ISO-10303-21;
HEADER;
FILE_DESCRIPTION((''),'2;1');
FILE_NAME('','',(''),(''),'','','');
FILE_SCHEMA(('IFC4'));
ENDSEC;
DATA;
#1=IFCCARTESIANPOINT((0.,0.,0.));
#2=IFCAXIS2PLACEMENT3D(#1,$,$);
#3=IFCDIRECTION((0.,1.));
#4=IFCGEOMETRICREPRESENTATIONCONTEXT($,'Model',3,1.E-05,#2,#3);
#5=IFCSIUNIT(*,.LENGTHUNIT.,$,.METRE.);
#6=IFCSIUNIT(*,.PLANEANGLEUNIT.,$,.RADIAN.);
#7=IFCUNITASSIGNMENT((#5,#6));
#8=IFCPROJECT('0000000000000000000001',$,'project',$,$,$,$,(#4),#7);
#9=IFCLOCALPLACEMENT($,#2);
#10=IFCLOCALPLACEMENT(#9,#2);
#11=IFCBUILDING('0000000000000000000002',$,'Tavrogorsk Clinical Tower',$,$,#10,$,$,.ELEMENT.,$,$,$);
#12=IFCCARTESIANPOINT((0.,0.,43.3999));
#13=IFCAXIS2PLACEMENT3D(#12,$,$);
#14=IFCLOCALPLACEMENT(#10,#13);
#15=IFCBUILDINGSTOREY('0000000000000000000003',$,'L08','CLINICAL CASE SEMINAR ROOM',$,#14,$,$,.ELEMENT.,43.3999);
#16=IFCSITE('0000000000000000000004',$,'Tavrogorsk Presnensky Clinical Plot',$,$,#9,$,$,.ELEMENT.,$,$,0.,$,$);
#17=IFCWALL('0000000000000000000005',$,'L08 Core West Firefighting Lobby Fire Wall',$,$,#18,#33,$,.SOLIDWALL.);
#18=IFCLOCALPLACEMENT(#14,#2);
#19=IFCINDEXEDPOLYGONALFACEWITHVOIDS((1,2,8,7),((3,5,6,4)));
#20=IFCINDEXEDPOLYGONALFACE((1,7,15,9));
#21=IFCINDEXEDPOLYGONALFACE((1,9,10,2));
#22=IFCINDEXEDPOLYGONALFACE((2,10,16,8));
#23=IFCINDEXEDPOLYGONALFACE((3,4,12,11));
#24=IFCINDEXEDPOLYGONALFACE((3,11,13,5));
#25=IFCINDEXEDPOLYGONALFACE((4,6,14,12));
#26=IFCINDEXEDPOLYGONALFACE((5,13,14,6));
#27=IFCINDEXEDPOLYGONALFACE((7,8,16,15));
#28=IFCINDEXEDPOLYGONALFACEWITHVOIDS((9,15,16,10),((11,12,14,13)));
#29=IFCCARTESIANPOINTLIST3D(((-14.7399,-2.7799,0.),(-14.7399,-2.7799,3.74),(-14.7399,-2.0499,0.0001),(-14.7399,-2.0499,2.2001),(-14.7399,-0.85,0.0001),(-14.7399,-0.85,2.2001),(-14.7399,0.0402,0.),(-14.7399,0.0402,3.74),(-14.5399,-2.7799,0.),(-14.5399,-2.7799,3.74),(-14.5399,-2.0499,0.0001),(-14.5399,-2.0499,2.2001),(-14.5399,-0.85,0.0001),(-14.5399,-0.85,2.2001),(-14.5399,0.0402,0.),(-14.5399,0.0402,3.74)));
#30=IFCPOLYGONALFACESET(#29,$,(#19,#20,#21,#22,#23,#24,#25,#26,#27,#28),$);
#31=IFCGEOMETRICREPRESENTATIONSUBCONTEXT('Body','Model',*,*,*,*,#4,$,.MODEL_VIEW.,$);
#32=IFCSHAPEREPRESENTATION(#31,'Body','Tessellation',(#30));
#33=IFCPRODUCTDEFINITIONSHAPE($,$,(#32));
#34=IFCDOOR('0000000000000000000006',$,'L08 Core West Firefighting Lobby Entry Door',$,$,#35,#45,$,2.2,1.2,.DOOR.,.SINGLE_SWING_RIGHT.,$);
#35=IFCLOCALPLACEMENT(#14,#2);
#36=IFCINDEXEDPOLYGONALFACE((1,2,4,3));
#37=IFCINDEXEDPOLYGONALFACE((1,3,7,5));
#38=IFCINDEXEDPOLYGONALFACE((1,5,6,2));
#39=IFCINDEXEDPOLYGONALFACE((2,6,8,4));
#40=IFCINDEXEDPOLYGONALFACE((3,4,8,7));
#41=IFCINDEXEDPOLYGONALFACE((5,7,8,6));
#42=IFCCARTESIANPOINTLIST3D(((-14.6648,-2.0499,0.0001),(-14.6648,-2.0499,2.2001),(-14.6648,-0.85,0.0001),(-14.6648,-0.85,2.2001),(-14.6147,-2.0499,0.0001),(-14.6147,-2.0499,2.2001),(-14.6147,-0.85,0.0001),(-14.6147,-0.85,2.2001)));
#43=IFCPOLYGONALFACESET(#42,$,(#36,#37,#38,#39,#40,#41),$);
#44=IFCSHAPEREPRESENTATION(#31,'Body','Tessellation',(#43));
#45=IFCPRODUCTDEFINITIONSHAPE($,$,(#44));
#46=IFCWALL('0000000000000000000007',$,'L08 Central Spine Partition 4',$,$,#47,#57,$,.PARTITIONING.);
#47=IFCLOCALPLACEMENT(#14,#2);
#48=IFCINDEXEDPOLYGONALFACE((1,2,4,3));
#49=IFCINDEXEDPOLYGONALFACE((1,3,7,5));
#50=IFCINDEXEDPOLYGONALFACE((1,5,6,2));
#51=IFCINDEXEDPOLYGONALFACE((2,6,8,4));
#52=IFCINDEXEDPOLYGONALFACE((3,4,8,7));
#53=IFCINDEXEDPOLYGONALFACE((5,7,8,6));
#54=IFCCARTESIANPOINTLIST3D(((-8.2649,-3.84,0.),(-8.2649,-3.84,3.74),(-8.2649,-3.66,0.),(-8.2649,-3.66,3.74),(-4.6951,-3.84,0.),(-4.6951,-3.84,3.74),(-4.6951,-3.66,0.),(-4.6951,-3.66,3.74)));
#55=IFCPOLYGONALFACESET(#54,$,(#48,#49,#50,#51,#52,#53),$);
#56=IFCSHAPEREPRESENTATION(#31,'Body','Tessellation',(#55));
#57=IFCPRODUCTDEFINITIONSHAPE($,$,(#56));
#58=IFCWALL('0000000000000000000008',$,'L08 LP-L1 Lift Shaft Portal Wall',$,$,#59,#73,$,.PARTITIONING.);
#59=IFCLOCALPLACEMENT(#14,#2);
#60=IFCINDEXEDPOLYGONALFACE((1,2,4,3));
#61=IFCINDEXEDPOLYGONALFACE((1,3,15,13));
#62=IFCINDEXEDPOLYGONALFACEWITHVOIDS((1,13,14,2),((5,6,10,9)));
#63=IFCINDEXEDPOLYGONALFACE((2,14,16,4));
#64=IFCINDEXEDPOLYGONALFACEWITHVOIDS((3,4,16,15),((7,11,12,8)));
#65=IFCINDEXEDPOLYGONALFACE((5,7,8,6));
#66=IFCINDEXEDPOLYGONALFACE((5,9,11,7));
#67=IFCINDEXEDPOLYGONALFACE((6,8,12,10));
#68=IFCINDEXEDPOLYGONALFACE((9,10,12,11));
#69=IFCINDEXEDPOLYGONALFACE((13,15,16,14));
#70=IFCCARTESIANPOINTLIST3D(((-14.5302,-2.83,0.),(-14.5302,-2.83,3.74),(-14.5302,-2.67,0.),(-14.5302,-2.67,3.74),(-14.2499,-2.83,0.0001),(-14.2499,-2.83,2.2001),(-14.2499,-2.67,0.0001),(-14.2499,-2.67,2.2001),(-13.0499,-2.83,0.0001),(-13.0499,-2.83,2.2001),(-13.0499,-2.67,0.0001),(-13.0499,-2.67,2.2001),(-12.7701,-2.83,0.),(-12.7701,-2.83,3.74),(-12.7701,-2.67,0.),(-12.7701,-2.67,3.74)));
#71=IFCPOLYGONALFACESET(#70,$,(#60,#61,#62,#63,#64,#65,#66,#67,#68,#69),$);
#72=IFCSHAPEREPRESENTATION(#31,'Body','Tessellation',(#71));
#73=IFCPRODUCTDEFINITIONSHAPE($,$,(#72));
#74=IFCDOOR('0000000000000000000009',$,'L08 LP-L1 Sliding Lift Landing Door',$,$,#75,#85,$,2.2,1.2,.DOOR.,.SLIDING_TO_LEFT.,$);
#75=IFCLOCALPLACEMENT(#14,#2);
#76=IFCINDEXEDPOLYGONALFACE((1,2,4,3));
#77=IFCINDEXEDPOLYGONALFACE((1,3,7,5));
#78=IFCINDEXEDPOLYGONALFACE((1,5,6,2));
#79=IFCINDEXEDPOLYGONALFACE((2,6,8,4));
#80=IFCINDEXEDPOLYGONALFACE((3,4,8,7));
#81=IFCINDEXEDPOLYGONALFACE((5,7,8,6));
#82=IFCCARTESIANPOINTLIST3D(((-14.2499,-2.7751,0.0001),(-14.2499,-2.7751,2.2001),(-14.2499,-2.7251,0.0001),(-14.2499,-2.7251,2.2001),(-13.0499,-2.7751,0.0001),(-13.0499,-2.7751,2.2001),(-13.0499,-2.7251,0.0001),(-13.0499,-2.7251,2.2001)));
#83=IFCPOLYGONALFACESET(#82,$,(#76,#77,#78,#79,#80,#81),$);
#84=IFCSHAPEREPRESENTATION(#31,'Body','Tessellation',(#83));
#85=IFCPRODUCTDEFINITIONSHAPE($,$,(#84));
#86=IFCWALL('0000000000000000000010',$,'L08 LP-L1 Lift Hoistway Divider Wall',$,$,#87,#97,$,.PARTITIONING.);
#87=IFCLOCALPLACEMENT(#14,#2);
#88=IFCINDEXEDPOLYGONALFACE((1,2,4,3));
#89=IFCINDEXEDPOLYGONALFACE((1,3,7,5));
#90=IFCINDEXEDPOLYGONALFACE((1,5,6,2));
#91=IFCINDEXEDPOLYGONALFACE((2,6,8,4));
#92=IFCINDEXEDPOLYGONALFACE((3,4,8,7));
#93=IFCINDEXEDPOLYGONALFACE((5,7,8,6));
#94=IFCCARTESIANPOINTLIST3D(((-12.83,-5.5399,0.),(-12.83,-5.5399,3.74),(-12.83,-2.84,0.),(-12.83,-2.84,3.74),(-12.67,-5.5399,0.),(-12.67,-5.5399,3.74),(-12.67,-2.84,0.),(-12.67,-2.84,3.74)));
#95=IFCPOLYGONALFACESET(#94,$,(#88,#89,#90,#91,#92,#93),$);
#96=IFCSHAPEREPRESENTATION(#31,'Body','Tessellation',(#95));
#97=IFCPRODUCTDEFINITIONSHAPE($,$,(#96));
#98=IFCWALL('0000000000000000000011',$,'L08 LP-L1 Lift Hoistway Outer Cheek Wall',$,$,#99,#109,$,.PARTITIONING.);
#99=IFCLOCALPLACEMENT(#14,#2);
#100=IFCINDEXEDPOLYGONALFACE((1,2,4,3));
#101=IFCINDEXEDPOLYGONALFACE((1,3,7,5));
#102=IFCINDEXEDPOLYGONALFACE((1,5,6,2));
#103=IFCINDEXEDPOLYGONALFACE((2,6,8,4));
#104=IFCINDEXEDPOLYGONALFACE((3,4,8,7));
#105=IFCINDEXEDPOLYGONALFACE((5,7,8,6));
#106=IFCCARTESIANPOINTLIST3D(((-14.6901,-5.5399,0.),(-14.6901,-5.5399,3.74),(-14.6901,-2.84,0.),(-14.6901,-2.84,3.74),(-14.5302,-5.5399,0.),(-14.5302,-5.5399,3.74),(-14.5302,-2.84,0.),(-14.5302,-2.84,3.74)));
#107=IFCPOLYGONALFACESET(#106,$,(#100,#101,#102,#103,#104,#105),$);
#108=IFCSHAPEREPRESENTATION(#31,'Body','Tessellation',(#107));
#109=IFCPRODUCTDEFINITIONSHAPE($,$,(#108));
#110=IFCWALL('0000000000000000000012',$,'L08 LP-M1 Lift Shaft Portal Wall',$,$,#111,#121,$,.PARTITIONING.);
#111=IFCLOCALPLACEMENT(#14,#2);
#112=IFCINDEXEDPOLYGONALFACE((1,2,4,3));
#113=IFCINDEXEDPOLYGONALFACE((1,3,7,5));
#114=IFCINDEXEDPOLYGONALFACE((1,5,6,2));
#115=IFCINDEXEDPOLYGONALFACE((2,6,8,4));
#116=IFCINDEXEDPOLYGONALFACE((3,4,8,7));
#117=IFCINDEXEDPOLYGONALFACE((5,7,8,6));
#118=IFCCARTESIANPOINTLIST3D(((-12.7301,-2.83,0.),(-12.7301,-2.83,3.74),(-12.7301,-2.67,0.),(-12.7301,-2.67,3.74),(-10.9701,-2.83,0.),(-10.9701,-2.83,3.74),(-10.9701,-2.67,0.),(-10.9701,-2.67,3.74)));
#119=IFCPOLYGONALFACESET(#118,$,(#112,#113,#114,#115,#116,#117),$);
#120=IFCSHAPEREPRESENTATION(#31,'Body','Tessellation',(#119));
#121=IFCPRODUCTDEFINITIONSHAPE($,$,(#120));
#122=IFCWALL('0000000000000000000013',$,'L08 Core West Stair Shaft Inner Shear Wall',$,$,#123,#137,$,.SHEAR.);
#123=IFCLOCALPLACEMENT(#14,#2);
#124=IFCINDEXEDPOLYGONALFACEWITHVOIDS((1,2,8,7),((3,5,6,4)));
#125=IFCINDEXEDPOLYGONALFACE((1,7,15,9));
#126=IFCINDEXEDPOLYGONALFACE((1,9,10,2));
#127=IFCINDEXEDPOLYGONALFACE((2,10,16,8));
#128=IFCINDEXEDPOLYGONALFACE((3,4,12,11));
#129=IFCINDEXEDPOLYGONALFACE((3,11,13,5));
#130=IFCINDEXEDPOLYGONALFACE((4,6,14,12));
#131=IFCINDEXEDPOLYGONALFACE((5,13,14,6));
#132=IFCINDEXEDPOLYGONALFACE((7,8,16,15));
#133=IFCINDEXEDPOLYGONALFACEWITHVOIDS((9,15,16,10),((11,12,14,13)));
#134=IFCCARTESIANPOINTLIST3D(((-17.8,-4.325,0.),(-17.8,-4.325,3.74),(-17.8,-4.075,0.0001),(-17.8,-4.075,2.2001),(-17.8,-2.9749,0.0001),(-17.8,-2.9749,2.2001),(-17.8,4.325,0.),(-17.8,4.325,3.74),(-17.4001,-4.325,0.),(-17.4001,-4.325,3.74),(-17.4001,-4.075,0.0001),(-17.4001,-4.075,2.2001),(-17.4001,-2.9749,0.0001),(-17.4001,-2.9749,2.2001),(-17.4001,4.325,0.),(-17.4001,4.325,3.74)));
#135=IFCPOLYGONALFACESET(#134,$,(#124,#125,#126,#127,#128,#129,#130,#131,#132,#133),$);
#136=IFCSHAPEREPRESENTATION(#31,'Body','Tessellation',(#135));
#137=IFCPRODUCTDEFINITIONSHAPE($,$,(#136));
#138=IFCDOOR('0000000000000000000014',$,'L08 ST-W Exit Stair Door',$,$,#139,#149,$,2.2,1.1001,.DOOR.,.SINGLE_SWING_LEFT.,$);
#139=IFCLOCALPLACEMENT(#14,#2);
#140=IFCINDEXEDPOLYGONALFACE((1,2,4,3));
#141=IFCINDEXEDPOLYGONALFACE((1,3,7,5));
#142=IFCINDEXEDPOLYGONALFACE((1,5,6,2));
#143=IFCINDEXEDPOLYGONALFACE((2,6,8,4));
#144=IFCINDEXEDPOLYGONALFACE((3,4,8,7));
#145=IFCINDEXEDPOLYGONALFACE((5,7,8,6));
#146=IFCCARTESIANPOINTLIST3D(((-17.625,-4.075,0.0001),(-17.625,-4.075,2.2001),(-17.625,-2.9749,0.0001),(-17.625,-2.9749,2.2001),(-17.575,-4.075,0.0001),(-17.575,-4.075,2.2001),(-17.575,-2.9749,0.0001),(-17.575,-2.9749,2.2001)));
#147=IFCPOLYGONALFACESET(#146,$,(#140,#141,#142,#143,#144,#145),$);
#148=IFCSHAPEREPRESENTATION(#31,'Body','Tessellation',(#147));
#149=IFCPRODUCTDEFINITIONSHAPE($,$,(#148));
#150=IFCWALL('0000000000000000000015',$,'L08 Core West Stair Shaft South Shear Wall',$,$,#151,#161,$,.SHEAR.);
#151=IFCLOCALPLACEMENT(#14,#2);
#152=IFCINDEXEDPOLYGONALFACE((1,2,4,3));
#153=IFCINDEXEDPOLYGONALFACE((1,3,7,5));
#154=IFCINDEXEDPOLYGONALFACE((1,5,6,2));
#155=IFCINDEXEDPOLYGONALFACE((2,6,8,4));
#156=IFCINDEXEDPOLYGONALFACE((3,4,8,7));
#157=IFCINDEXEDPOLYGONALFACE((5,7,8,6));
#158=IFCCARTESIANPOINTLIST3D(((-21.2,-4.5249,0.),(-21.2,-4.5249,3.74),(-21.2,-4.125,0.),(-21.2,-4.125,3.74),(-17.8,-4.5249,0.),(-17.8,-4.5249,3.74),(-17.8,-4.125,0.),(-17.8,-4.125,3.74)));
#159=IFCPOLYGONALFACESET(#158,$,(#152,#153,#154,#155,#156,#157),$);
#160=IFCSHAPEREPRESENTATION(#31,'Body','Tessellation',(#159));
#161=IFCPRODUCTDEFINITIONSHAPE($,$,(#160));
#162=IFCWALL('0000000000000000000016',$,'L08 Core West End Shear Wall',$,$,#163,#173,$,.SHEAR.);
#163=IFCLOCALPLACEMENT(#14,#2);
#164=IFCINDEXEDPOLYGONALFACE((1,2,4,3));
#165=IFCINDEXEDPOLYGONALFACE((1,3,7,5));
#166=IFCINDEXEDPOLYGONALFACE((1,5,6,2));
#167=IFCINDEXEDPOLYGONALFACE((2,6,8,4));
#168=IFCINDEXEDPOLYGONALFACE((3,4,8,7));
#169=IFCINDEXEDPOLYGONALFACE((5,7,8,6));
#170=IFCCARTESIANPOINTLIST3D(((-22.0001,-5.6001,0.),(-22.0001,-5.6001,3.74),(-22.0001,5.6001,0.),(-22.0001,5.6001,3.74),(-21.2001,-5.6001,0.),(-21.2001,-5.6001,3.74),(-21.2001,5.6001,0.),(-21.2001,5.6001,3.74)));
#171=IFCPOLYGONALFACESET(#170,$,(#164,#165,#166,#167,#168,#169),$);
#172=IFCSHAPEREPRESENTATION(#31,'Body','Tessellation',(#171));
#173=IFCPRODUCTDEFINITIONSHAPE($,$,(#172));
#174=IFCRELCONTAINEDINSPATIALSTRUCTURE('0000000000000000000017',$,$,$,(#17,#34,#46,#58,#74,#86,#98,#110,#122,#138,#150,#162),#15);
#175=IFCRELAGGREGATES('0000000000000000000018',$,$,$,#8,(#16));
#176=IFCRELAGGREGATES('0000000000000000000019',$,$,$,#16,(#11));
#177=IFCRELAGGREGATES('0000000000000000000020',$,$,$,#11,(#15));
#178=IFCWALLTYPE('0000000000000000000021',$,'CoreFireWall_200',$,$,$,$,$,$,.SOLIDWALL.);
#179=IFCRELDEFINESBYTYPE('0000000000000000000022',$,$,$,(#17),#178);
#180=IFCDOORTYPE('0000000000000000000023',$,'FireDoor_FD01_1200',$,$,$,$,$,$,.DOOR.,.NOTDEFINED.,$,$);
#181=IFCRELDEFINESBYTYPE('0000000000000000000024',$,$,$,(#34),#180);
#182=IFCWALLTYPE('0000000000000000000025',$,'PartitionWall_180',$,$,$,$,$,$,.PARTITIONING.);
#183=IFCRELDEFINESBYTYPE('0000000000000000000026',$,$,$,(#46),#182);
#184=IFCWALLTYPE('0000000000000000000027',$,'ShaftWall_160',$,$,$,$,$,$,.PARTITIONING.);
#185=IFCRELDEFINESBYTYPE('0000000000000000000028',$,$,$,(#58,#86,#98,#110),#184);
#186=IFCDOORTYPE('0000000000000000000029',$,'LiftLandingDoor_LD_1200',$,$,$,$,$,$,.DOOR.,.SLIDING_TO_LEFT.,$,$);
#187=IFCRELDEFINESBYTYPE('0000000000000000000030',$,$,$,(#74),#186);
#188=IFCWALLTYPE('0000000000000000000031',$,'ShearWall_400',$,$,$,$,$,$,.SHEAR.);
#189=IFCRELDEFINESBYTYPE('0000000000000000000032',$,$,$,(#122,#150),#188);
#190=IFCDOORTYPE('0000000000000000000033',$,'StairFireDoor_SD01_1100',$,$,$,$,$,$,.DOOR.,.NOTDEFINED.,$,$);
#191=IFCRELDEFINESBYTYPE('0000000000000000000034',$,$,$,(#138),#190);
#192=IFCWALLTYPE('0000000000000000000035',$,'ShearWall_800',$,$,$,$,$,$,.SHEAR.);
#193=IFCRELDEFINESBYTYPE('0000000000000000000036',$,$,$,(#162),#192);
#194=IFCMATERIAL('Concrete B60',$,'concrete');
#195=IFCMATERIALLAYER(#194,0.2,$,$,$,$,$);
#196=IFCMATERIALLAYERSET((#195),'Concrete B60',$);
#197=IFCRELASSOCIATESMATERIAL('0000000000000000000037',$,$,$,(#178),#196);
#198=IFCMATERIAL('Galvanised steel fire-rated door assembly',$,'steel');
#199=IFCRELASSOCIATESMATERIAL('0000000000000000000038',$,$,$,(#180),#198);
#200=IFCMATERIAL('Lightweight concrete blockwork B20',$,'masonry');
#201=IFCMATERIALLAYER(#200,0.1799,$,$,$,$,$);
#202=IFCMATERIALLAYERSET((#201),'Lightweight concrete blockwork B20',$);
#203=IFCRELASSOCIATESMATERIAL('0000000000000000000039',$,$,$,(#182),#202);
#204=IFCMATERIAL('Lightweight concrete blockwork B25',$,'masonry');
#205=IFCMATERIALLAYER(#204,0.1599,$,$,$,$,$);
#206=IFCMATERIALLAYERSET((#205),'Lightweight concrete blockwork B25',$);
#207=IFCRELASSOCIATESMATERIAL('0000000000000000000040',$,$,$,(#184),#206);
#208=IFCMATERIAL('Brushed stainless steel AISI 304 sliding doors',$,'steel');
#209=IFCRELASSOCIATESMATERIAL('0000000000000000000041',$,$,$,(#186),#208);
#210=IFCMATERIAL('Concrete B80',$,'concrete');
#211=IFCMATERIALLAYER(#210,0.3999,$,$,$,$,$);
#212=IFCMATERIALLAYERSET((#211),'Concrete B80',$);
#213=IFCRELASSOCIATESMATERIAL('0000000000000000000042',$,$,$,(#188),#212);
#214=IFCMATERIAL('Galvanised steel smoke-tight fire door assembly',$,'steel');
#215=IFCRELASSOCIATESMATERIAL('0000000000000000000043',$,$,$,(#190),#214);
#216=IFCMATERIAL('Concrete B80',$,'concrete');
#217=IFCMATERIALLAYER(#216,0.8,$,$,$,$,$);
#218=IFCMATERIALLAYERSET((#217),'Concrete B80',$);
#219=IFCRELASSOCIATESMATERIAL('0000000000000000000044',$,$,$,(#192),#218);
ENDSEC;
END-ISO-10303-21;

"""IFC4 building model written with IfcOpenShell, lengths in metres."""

from ifc_helpers import new_model, si_unit, direction, frame, frame_2d, origin, place, context, subcontext, project, spatial, rectangle, extrude, material, layer, layer_set, type_object, element, fill, save


model = new_model("IFC4")

# Units and contexts
model_context = context("Model", 3, precision=1e-05, world=origin(), true_north=direction((0.0, 1.0)))
body_context = subcontext(model_context, "Body", "Model", "MODEL_VIEW")
ifc_project = project(units=[si_unit("LENGTHUNIT", "METRE"), si_unit("PLANEANGLEUNIT", "RADIAN")], contexts=[model_context])

# Site, building, storey
site_placement = place(None, origin())
site = spatial("IfcSite", under=ifc_project, at=site_placement, Name="Tavrogorsk Presnensky Clinical Plot", CompositionType="ELEMENT", RefElevation=0.0)
building_placement = place(site_placement, origin())
building = spatial("IfcBuilding", under=site, at=building_placement, Name="Tavrogorsk Clinical Tower", CompositionType="ELEMENT")
storey_placement = place(building_placement, frame((0.0, 0.0, 43.3999)))
storey = spatial("IfcBuildingStorey", under=building, at=storey_placement, Name="L08", Description="CLINICAL CASE SEMINAR ROOM", CompositionType="ELEMENT", Elevation=43.3999)

# Wall, opening, door
ifc_material_1 = material(Name="Concrete B60", Category="concrete")
ifc_layer_1 = layer(ifc_material_1, 0.2)
ifc_layer_set_1 = layer_set([ifc_layer_1], Name="Concrete B60")
wall_type_1 = type_object("IfcWallType", Name="CoreFireWall_200", PredefinedType="SOLIDWALL", material=ifc_layer_set_1)
wall_1_placement = place(storey_placement, frame((-14.6399, -2.78, 0.0), z_axis=(0.0, 0.0, 1.0), x_axis=(0.0, 1.0, 0.0)))
wall_1 = element("IfcWall", 1, at=wall_1_placement, inside=storey, type_object=wall_type_1, Name="L08 Core West Firefighting Lobby Fire Wall", PredefinedType="SOLIDWALL", context=body_context, shape_type="SweptSolid", body=[
    extrude(rectangle(XDim=2.8201, YDim=0.2, at=frame_2d((1.4102, 0.0))), origin(), (0.0, 0.0, 1.0), 3.74),
])
opening_1_placement = place(wall_1_placement, frame((0.73, 0.0, 0.0)))
opening_1 = element("IfcOpeningElement", 2, at=opening_1_placement, cuts=wall_1, PredefinedType="OPENING", context=body_context, shape_type="SweptSolid", body=[
    extrude(rectangle(XDim=1.2, YDim=2.2, at=frame_2d((0.6001, 1.1001))), frame((0.0, 0.1099, 0.0), z_axis=(0.0, -1.0, 0.0), x_axis=(1.0, 0.0, 0.0)), (0.0, 0.0, 1.0), 0.22),
])
ifc_material_2 = material(Name="Galvanised steel fire-rated door assembly", Category="steel")
door_type_1 = type_object("IfcDoorType", Name="FireDoor_FD01_1200", OperationType="NOTDEFINED", PredefinedType="DOOR", material=ifc_material_2)
door_1_placement = place(opening_1_placement, origin())
door_1 = element("IfcDoor", 3, at=door_1_placement, inside=storey, type_object=door_type_1, Name="L08 Core West Firefighting Lobby Entry Door", OperationType="SINGLE_SWING_RIGHT", OverallHeight=2.2, OverallWidth=1.2, PredefinedType="DOOR", context=body_context, shape_type="SweptSolid", body=[
    extrude(rectangle(XDim=1.2, YDim=2.2, at=frame_2d((0.6001, 1.1001))), frame((0.0, 0.0249, 0.0), z_axis=(0.0, -1.0, 0.0), x_axis=(1.0, 0.0, 0.0)), (0.0, 0.0, 1.0), 0.05),
])
fill(opening_1, door_1)

# Wall
ifc_material_3 = material(Name="Lightweight concrete blockwork B20", Category="masonry")
ifc_layer_2 = layer(ifc_material_3, 0.1799)
ifc_layer_set_2 = layer_set([ifc_layer_2], Name="Lightweight concrete blockwork B20")
wall_type_2 = type_object("IfcWallType", Name="PartitionWall_180", PredefinedType="PARTITIONING", material=ifc_layer_set_2)
wall_2_placement = place(storey_placement, frame((-8.2649, -3.75, 0.0), z_axis=(0.0, 0.0, 1.0), x_axis=(1.0, 0.0, 0.0)))
element("IfcWall", 4, at=wall_2_placement, inside=storey, type_object=wall_type_2, Name="L08 Central Spine Partition 4", PredefinedType="PARTITIONING", context=body_context, shape_type="SweptSolid", body=[
    extrude(rectangle(XDim=3.5698, YDim=0.1799, at=frame_2d((1.7849, 0.0))), origin(), (0.0, 0.0, 1.0), 3.74),
])

# Wall, opening, door
ifc_material_4 = material(Name="Lightweight concrete blockwork B25", Category="masonry")
ifc_layer_3 = layer(ifc_material_4, 0.1599)
ifc_layer_set_3 = layer_set([ifc_layer_3], Name="Lightweight concrete blockwork B25")
wall_type_3 = type_object("IfcWallType", Name="ShaftWall_160", PredefinedType="PARTITIONING", material=ifc_layer_set_3)
wall_3_placement = place(storey_placement, frame((-14.53, -2.75, 0.0), z_axis=(0.0, 0.0, 1.0), x_axis=(1.0, 0.0, 0.0)))
wall_3 = element("IfcWall", 5, at=wall_3_placement, inside=storey, type_object=wall_type_3, Name="L08 LP-L1 Lift Shaft Portal Wall", PredefinedType="PARTITIONING", context=body_context, shape_type="SweptSolid", body=[
    extrude(rectangle(XDim=1.76, YDim=0.1599, at=frame_2d((0.8799, 0.0))), origin(), (0.0, 0.0, 1.0), 3.74),
])
opening_2_placement = place(wall_3_placement, frame((0.28, 0.0, 0.0)))
opening_2 = element("IfcOpeningElement", 6, at=opening_2_placement, cuts=wall_3, PredefinedType="OPENING", context=body_context, shape_type="SweptSolid", body=[
    extrude(rectangle(XDim=1.2, YDim=2.2, at=frame_2d((0.6001, 1.1001))), frame((0.0, 0.0898, 0.0), z_axis=(0.0, -1.0, 0.0), x_axis=(1.0, 0.0, 0.0)), (0.0, 0.0, 1.0), 0.1799),
])
ifc_material_5 = material(Name="Brushed stainless steel AISI 304 sliding doors", Category="steel")
door_type_2 = type_object("IfcDoorType", Name="LiftLandingDoor_LD_1200", OperationType="SLIDING_TO_LEFT", PredefinedType="DOOR", material=ifc_material_5)
door_2_placement = place(opening_2_placement, origin())
door_2 = element("IfcDoor", 7, at=door_2_placement, inside=storey, type_object=door_type_2, Name="L08 LP-L1 Sliding Lift Landing Door", OperationType="SLIDING_TO_LEFT", OverallHeight=2.2, OverallWidth=1.2, PredefinedType="DOOR", context=body_context, shape_type="SweptSolid", body=[
    extrude(rectangle(XDim=1.2, YDim=2.2, at=frame_2d((0.6001, 1.1001))), frame((0.0, 0.0249, 0.0), z_axis=(0.0, -1.0, 0.0), x_axis=(1.0, 0.0, 0.0)), (0.0, 0.0, 1.0), 0.05),
])
fill(opening_2, door_2)

# Walls
for number, where, z_axis, x_axis, name in (
    (8, (-12.75, -5.54, 0.0), (0.0, 0.0, 1.0), (0.0, 1.0, 0.0), "L08 LP-L1 Lift Hoistway Divider Wall"),
    (9, (-14.6101, -5.54, 0.0), (0.0, 0.0, 1.0), (0.0, 1.0, 0.0), "L08 LP-L1 Lift Hoistway Outer Cheek Wall"),
):
    element("IfcWall", number, at=place(storey_placement, frame(where, z_axis=z_axis, x_axis=x_axis)), inside=storey, type_object=wall_type_3, Name=name, PredefinedType="PARTITIONING", context=body_context, shape_type="SweptSolid", body=[
        extrude(rectangle(XDim=2.7, YDim=0.1599, at=frame_2d((1.3501, 0.0))), origin(), (0.0, 0.0, 1.0), 3.74),
    ])
wall_4_placement = place(storey_placement, frame((-12.73, -2.75, 0.0), z_axis=(0.0, 0.0, 1.0), x_axis=(1.0, 0.0, 0.0)))
element("IfcWall", 10, at=wall_4_placement, inside=storey, type_object=wall_type_3, Name="L08 LP-M1 Lift Shaft Portal Wall", PredefinedType="PARTITIONING", context=body_context, shape_type="SweptSolid", body=[
    extrude(rectangle(XDim=1.76, YDim=0.1599, at=frame_2d((0.8799, 0.0))), origin(), (0.0, 0.0, 1.0), 3.74),
])

# Wall, opening, door
ifc_material_6 = material(Name="Concrete B80", Category="concrete")
ifc_layer_4 = layer(ifc_material_6, 0.3999)
ifc_layer_set_4 = layer_set([ifc_layer_4], Name="Concrete B80")
wall_type_4 = type_object("IfcWallType", Name="ShearWall_400", PredefinedType="SHEAR", material=ifc_layer_set_4)
wall_5_placement = place(storey_placement, frame((-17.6001, -4.325, 0.0), z_axis=(0.0, 0.0, 1.0), x_axis=(0.0, 1.0, 0.0)))
wall_5 = element("IfcWall", 11, at=wall_5_placement, inside=storey, type_object=wall_type_4, Name="L08 Core West Stair Shaft Inner Shear Wall", PredefinedType="SHEAR", context=body_context, shape_type="SweptSolid", body=[
    extrude(rectangle(XDim=8.6499, YDim=0.3999, at=frame_2d((4.325, 0.0))), origin(), (0.0, 0.0, 1.0), 3.74),
])
opening_3_placement = place(wall_5_placement, frame((0.25, 0.0, 0.0)))
opening_3 = element("IfcOpeningElement", 12, at=opening_3_placement, cuts=wall_5, PredefinedType="OPENING", context=body_context, shape_type="SweptSolid", body=[
    extrude(rectangle(XDim=1.1001, YDim=2.2, at=frame_2d((0.55, 1.1001))), frame((0.0, 0.21, 0.0), z_axis=(0.0, -1.0, 0.0), x_axis=(1.0, 0.0, 0.0)), (0.0, 0.0, 1.0), 0.4199),
])
ifc_material_7 = material(Name="Galvanised steel smoke-tight fire door assembly", Category="steel")
door_type_3 = type_object("IfcDoorType", Name="StairFireDoor_SD01_1100", OperationType="NOTDEFINED", PredefinedType="DOOR", material=ifc_material_7)
door_3_placement = place(opening_3_placement, origin())
door_3 = element("IfcDoor", 13, at=door_3_placement, inside=storey, type_object=door_type_3, Name="L08 ST-W Exit Stair Door", OperationType="SINGLE_SWING_LEFT", OverallHeight=2.2, OverallWidth=1.1001, PredefinedType="DOOR", context=body_context, shape_type="SweptSolid", body=[
    extrude(rectangle(XDim=1.1001, YDim=2.2, at=frame_2d((0.55, 1.1001))), frame((0.0, 0.0249, 0.0), z_axis=(0.0, -1.0, 0.0), x_axis=(1.0, 0.0, 0.0)), (0.0, 0.0, 1.0), 0.05),
])
fill(opening_3, door_3)

# Walls
wall_6_placement = place(storey_placement, frame((-21.2, -4.325, 0.0), z_axis=(0.0, 0.0, 1.0), x_axis=(1.0, 0.0, 0.0)))
element("IfcWall", 14, at=wall_6_placement, inside=storey, type_object=wall_type_4, Name="L08 Core West Stair Shaft South Shear Wall", PredefinedType="SHEAR", context=body_context, shape_type="SweptSolid", body=[
    extrude(rectangle(XDim=3.3999, YDim=0.3999, at=frame_2d((1.7, 0.0))), origin(), (0.0, 0.0, 1.0), 3.74),
])
ifc_material_8 = material(Name="Concrete B80", Category="concrete")
ifc_layer_5 = layer(ifc_material_8, 0.8)
ifc_layer_set_5 = layer_set([ifc_layer_5], Name="Concrete B80")
wall_type_5 = type_object("IfcWallType", Name="ShearWall_800", PredefinedType="SHEAR", material=ifc_layer_set_5)
wall_7_placement = place(storey_placement, frame((-21.6001, -5.6001, 0.0), z_axis=(0.0, 0.0, 1.0), x_axis=(0.0, 1.0, 0.0)))
element("IfcWall", 15, at=wall_7_placement, inside=storey, type_object=wall_type_5, Name="L08 Core West End Shear Wall", PredefinedType="SHEAR", context=body_context, shape_type="SweptSolid", body=[
    extrude(rectangle(XDim=11.2002, YDim=0.8, at=frame_2d((5.6001, 0.0))), origin(), (0.0, 0.0, 1.0), 3.74),
])

save(model, "model.ifc")
